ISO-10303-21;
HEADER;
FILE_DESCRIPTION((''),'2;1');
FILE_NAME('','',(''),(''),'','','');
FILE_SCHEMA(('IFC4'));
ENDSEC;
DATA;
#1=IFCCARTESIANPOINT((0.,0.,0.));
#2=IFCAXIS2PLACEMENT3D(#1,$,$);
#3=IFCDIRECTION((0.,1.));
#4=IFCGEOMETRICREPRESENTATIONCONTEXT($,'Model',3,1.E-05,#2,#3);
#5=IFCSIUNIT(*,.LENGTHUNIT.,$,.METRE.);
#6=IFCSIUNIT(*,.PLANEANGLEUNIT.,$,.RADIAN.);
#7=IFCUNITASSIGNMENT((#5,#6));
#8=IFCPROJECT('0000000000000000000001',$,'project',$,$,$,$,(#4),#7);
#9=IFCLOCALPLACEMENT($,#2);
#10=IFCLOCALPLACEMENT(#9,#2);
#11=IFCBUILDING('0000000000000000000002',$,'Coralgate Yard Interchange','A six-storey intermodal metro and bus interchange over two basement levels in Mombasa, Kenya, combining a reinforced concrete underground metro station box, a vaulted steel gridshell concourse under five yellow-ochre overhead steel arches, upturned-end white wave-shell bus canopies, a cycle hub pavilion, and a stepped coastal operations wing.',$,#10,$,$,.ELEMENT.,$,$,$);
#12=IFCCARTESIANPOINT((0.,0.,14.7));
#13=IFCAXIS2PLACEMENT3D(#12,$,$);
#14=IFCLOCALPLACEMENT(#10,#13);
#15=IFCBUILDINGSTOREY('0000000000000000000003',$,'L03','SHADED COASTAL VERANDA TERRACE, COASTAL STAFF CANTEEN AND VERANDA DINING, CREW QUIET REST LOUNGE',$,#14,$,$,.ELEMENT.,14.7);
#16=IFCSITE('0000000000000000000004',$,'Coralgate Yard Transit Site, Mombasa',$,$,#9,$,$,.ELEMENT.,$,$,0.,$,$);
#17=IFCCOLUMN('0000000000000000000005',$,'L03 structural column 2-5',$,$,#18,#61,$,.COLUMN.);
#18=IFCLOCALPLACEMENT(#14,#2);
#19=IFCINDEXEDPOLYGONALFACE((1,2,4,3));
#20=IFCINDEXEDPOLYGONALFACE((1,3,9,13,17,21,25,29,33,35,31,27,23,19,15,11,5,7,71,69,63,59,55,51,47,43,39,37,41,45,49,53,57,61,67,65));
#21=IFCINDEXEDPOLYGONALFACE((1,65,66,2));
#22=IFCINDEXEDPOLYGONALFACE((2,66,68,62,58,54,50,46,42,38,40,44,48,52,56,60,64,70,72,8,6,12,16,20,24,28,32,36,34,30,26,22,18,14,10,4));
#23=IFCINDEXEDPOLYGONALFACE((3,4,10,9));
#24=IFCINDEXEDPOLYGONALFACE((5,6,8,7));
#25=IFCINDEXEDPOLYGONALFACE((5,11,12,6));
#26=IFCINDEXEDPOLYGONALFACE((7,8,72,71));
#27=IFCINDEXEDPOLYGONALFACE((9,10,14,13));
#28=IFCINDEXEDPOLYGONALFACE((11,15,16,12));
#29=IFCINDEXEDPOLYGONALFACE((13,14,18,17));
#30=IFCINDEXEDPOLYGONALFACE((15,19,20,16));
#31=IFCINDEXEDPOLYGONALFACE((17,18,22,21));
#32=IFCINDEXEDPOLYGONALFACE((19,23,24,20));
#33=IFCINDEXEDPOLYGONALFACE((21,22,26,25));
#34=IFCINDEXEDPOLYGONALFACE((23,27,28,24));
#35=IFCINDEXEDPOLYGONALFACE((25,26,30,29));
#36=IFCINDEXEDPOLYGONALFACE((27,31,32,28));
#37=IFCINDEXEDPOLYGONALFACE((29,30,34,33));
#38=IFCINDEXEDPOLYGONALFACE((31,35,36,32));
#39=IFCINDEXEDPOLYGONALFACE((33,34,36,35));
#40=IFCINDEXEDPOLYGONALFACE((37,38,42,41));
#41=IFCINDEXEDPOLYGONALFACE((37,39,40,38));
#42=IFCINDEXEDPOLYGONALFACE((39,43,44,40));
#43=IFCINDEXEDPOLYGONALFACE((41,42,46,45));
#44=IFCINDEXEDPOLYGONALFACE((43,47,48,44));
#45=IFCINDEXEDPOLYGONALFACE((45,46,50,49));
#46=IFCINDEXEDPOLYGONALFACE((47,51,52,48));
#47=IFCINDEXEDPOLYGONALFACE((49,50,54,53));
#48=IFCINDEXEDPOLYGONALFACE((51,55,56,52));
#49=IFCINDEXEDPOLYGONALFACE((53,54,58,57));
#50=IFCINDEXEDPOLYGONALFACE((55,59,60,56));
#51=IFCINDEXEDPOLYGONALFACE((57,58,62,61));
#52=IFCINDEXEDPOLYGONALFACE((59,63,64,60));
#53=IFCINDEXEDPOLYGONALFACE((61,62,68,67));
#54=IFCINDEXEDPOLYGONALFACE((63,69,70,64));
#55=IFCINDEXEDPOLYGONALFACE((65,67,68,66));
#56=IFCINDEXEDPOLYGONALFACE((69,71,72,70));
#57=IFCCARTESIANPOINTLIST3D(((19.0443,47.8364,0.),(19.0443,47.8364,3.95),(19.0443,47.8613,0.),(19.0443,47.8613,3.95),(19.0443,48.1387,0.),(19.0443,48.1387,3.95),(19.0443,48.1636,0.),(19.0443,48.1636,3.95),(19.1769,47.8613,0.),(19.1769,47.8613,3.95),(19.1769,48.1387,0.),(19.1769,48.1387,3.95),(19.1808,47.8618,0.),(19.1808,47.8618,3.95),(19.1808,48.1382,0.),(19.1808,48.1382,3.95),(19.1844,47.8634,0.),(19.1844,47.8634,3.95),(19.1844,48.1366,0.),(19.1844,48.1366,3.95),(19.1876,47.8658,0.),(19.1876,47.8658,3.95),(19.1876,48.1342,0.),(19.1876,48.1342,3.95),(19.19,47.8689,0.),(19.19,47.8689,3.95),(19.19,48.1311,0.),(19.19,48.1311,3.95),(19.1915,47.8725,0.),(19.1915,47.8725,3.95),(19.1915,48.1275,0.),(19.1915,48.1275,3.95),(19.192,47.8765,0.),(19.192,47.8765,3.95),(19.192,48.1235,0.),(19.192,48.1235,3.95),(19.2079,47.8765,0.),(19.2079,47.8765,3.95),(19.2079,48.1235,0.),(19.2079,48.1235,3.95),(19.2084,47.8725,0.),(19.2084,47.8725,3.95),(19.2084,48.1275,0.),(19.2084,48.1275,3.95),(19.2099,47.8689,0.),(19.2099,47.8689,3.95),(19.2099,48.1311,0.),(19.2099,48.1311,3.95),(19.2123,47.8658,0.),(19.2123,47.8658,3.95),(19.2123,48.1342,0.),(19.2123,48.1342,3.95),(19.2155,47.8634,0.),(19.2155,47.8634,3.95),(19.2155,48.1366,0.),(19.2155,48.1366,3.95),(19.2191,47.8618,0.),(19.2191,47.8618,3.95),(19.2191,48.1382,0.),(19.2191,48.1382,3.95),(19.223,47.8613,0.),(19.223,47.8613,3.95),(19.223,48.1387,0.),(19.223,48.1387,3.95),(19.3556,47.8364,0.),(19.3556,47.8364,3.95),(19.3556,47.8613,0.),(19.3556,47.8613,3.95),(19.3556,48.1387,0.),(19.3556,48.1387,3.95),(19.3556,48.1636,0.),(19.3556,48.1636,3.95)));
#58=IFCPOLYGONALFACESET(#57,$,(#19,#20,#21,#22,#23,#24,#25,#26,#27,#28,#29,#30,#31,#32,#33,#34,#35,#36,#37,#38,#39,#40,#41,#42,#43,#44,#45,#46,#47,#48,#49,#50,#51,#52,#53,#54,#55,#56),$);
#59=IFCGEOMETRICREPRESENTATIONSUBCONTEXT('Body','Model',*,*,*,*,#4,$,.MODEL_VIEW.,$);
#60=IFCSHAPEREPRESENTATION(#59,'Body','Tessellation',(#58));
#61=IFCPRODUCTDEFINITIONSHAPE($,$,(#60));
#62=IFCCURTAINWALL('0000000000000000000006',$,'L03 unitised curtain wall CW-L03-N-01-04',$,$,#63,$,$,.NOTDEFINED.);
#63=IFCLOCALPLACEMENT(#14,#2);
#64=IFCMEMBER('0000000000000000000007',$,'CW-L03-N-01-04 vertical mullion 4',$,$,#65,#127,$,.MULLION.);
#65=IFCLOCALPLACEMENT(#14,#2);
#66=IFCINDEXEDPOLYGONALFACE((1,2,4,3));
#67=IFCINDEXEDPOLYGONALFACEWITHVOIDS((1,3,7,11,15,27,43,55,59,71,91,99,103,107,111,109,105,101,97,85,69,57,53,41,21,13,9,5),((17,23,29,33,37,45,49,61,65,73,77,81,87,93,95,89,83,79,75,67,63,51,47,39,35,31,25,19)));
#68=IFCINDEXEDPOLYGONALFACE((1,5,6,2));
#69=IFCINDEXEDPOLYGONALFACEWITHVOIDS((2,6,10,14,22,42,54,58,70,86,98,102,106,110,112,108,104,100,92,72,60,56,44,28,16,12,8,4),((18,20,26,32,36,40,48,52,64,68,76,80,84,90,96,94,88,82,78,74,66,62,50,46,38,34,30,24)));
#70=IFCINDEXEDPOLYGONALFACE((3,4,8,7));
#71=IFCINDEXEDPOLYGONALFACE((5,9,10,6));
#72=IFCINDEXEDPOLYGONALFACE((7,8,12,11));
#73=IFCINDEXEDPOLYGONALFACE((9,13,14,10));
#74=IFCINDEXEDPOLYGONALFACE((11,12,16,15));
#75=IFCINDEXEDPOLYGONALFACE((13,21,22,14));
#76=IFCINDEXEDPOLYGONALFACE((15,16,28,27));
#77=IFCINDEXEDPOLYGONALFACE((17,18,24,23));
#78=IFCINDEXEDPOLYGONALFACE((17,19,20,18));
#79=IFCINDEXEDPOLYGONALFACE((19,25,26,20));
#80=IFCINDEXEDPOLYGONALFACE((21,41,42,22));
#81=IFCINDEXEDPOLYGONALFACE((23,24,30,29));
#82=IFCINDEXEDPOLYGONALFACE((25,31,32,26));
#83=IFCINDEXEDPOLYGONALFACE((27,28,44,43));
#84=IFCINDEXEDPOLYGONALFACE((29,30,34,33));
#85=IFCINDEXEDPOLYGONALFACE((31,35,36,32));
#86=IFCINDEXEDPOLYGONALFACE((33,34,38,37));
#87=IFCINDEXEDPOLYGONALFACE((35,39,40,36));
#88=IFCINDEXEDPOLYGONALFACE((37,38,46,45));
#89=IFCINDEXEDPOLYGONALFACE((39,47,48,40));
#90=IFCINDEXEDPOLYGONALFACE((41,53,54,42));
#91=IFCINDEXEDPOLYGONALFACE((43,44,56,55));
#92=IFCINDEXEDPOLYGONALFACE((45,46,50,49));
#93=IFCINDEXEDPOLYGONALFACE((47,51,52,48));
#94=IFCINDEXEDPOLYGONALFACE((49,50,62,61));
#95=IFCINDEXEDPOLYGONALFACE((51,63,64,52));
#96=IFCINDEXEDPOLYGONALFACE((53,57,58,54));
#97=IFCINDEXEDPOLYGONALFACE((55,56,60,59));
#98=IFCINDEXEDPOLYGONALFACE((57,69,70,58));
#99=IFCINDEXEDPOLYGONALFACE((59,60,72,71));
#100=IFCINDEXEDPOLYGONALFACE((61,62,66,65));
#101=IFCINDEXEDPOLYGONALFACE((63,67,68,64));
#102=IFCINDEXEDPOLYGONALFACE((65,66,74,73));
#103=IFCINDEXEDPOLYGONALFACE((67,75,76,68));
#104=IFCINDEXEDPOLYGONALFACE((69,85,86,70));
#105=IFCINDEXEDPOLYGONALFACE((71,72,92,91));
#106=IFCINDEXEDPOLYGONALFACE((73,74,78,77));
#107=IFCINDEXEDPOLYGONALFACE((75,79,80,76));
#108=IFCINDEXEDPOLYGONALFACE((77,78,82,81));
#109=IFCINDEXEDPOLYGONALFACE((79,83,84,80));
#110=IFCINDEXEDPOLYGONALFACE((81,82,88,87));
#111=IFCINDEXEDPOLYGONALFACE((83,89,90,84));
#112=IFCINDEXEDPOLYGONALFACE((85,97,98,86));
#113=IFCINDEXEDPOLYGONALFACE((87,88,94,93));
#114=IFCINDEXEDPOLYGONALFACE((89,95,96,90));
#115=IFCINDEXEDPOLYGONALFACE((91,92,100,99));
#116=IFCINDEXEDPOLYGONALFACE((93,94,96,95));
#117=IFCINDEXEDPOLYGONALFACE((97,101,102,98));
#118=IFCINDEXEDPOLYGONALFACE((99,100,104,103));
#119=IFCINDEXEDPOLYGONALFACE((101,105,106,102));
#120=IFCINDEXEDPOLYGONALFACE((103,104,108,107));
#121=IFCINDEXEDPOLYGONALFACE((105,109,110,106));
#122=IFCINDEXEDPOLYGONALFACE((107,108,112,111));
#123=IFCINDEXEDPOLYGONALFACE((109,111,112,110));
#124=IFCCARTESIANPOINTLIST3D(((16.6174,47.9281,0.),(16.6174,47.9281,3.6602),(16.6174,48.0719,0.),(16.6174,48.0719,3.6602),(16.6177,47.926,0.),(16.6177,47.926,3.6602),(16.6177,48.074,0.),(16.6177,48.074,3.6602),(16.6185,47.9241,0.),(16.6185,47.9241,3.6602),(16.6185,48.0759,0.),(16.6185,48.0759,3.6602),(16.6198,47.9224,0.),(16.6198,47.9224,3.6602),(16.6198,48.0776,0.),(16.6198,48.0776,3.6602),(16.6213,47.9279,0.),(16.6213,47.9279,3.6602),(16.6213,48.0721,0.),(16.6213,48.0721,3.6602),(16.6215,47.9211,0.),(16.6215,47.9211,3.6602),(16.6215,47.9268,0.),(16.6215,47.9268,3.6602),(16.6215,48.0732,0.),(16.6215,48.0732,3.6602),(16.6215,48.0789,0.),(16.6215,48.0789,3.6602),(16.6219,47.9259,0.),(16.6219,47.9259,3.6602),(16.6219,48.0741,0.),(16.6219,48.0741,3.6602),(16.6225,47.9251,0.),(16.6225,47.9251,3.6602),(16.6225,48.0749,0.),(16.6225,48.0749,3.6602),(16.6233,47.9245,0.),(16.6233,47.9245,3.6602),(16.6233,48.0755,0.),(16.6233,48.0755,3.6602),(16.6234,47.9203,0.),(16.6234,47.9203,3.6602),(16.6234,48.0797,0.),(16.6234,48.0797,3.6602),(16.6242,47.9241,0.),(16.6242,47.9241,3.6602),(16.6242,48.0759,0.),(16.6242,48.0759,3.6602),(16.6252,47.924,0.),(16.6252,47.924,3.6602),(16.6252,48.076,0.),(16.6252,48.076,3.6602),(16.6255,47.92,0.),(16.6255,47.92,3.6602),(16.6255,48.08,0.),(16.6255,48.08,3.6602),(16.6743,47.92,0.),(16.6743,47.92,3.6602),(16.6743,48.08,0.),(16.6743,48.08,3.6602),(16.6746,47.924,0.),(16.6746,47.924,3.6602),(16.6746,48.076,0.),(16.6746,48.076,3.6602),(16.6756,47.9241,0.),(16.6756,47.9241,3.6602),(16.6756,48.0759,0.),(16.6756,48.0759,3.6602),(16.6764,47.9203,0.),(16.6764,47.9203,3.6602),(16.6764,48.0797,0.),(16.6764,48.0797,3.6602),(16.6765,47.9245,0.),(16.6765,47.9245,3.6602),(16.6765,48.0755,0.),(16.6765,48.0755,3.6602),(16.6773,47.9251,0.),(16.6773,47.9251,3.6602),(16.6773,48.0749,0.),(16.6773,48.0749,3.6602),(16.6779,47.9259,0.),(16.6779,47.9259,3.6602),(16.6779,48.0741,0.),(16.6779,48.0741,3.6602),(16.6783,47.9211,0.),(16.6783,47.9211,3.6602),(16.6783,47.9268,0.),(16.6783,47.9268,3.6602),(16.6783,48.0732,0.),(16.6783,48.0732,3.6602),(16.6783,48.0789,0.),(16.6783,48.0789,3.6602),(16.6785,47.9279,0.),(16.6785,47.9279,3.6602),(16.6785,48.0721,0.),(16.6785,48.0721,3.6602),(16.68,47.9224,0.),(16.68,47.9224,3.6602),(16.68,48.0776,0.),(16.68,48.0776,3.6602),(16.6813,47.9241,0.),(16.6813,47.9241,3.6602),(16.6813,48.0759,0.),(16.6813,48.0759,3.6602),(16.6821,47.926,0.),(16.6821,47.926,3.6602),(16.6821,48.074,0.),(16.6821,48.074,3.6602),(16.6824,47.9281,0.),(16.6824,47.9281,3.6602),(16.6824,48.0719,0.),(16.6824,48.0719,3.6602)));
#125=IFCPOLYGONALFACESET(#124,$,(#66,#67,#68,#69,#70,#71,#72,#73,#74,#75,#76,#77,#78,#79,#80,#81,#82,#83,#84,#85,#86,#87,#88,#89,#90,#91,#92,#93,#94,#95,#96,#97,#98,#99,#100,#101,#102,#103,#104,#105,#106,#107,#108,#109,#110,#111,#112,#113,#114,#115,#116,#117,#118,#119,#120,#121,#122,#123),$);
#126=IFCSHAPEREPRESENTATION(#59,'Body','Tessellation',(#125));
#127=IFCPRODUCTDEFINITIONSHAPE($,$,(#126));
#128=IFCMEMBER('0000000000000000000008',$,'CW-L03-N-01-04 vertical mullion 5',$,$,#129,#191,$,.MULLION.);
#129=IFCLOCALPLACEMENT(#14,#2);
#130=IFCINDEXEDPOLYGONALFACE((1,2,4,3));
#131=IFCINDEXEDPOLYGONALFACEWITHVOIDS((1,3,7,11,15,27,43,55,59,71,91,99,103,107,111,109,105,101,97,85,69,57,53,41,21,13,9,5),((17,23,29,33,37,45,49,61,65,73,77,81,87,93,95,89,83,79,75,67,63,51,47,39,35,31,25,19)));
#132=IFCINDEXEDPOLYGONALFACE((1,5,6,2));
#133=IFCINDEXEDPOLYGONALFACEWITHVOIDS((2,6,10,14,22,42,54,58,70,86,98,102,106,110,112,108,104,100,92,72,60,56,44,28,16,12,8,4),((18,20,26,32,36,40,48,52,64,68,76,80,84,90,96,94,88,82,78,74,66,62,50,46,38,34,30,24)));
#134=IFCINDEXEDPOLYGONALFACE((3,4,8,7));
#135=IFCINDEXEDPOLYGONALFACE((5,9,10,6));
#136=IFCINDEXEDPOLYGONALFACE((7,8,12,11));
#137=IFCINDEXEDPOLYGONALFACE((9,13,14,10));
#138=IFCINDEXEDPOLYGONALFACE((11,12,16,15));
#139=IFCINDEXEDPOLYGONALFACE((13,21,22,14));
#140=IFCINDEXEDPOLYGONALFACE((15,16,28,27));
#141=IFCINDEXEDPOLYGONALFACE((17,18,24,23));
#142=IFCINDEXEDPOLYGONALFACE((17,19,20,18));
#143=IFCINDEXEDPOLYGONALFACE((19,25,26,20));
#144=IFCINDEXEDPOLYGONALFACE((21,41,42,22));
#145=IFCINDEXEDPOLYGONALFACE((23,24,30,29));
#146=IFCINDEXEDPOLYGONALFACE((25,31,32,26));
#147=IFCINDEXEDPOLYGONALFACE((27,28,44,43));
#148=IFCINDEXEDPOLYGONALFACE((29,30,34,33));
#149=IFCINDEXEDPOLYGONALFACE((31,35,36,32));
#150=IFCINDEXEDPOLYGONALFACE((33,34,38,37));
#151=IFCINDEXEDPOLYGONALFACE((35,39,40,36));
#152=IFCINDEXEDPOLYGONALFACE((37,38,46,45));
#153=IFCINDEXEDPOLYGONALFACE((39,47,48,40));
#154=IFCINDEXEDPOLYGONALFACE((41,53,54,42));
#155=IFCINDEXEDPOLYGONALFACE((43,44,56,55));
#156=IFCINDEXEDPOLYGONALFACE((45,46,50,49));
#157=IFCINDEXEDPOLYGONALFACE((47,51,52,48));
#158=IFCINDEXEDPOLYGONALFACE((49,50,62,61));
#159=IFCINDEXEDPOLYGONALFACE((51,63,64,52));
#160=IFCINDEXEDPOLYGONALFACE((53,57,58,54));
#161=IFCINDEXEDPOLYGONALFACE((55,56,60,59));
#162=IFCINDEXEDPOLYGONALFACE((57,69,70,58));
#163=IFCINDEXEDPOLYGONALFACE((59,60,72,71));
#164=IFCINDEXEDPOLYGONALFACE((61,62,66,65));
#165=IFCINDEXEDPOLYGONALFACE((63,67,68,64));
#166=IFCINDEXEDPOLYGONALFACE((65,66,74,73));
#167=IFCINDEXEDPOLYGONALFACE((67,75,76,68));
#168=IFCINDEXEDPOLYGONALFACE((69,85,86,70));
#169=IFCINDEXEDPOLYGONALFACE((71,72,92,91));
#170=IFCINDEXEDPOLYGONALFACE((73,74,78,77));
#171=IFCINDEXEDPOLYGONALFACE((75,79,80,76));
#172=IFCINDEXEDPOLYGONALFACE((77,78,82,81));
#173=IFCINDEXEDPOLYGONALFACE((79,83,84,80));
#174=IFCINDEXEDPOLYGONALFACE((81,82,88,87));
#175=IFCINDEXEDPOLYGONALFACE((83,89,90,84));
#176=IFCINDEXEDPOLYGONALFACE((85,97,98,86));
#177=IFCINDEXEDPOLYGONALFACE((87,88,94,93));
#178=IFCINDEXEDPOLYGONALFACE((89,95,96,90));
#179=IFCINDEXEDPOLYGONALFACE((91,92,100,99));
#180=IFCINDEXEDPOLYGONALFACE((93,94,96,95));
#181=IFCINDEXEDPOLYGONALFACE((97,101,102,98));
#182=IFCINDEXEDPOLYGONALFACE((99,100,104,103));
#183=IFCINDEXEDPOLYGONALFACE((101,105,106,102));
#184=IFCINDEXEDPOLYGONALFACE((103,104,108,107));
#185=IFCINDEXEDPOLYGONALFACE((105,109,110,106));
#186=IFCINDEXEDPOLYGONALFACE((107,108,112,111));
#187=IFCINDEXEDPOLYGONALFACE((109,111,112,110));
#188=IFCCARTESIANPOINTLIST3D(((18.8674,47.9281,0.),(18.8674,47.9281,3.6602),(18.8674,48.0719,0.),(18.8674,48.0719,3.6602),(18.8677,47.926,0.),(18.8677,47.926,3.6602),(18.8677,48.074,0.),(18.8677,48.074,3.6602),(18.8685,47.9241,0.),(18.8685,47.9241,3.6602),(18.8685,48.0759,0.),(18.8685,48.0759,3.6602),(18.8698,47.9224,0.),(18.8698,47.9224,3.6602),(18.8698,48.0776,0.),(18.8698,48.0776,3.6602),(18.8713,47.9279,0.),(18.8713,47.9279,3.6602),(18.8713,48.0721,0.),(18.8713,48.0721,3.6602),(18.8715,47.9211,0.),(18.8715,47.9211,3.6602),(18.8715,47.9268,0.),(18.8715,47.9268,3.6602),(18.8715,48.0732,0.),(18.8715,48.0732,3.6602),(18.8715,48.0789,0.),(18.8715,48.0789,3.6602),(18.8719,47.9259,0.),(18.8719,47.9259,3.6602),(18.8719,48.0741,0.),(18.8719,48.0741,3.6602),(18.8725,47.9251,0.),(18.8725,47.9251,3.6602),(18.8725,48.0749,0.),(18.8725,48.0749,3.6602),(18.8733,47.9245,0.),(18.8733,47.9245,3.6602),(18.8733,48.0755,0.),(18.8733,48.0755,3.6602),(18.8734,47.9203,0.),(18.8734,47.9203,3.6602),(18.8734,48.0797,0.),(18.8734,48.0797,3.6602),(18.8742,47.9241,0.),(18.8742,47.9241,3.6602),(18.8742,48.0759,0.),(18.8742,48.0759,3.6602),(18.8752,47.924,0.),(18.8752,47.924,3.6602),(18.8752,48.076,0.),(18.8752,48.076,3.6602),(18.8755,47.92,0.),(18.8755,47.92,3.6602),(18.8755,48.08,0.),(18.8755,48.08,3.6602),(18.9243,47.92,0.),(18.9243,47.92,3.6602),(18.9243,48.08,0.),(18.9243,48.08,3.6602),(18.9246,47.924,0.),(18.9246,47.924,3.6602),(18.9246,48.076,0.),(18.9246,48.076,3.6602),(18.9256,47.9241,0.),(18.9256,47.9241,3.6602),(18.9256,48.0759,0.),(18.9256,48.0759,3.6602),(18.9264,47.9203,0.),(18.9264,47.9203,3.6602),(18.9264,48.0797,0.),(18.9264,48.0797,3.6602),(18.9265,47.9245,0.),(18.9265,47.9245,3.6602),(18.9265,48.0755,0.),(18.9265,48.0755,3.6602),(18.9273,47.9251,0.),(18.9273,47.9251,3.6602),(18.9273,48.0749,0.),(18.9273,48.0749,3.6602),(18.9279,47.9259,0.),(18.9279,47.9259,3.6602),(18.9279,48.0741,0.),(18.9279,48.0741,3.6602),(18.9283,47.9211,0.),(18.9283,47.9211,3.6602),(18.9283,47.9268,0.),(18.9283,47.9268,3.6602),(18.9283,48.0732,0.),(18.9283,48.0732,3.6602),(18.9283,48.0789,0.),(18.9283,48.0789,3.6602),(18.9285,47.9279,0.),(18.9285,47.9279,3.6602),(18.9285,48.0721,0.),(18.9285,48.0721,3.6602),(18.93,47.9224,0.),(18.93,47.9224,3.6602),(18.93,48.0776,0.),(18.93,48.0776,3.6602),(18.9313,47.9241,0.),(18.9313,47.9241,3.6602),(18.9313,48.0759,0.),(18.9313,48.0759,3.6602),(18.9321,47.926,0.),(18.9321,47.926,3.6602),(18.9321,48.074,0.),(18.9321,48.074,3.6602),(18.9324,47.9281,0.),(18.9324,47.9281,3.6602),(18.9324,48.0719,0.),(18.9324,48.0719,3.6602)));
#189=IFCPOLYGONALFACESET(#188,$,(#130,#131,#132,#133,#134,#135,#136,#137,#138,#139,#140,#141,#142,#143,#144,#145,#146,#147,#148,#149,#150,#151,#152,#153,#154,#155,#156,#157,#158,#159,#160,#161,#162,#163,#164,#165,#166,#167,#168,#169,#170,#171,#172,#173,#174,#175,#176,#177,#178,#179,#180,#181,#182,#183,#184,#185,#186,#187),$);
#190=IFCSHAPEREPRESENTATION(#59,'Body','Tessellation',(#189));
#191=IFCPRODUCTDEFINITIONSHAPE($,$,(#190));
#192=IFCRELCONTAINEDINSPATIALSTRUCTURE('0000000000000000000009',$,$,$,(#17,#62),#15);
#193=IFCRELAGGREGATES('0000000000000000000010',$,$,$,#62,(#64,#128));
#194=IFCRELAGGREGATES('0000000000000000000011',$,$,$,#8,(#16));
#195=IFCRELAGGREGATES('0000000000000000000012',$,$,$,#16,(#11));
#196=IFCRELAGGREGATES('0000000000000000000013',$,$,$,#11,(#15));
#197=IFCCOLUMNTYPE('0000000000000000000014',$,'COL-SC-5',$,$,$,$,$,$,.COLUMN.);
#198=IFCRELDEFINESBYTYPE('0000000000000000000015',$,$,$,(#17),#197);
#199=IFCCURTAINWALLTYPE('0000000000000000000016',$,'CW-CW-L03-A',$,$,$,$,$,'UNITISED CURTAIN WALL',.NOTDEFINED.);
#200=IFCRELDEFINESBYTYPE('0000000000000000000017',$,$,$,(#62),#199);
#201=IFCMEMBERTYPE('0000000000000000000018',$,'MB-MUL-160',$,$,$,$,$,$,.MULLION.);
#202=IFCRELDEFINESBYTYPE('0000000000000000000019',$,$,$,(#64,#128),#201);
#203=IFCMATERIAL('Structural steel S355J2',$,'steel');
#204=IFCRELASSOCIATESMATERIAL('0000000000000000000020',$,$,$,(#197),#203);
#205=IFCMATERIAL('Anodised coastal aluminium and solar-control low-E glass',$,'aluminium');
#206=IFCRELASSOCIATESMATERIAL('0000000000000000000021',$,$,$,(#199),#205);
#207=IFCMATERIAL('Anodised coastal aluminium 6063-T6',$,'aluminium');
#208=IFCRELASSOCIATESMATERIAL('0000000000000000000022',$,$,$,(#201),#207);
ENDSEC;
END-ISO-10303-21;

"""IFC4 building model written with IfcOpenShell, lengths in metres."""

from ifc_helpers import new_model, si_unit, direction, frame, origin, origin_2d, place, context, subcontext, project, spatial, hollow_rectangle, i_section, extrude, material, material_profile, profile_set, type_object, element, aggregate, save


model = new_model("IFC4")

# Units and contexts
model_context = context("Model", 3, precision=1e-05, world=origin(), true_north=direction((0.0, 1.0)))
body_context = subcontext(model_context, "Body", "Model", "MODEL_VIEW")
ifc_project = project(units=[si_unit("LENGTHUNIT", "METRE"), si_unit("PLANEANGLEUNIT", "RADIAN")], contexts=[model_context])

# Site, building, storey
site_placement = place(None, origin())
site = spatial("IfcSite", under=ifc_project, at=site_placement, Name="Coralgate Yard Transit Site, Mombasa", CompositionType="ELEMENT", RefElevation=0.0)
building_placement = place(site_placement, origin())
building = spatial("IfcBuilding", under=site, at=building_placement, Name="Coralgate Yard Interchange", Description="A six-storey intermodal metro and bus interchange over two basement levels in Mombasa, Kenya, combining a reinforced concrete underground metro station box, a vaulted steel gridshell concourse under five yellow-ochre overhead steel arches, upturned-end white wave-shell bus canopies, a cycle hub pavilion, and a stepped coastal operations wing.", CompositionType="ELEMENT")
storey_placement = place(building_placement, frame((0.0, 0.0, 14.7)))
storey = spatial("IfcBuildingStorey", under=building, at=storey_placement, Name="L03", Description="SHADED COASTAL VERANDA TERRACE, COASTAL STAFF CANTEEN AND VERANDA DINING, CREW QUIET REST LOUNGE", CompositionType="ELEMENT", Elevation=14.7)

# Column
ifc_material_1 = material(Name="Structural steel S355J2", Category="steel")
ifc_material_profile_1 = material_profile(ifc_material_1, i_section(OverallWidth=0.3113, OverallDepth=0.3271, WebThickness=0.0159, FlangeThickness=0.0249, FilletRadius=0.0151, at=origin_2d()), Name="UC 305x305x158")
ifc_profile_set_1 = profile_set([ifc_material_profile_1], Name="Structural steel S355J2")
column_type = type_object("IfcColumnType", Name="COL-SC-5", PredefinedType="COLUMN", material=ifc_profile_set_1)
column_placement = place(storey_placement, frame((19.2, 48.0, 0.0), z_axis=(0.0, 0.0, 1.0), x_axis=(1.0, 0.0, 0.0)))
element("IfcColumn", 1, at=column_placement, inside=storey, type_object=column_type, Name="L03 structural column 2-5", PredefinedType="COLUMN", context=body_context, shape_type="SweptSolid", body=[
    extrude(i_section(OverallWidth=0.3113, OverallDepth=0.3271, WebThickness=0.0159, FlangeThickness=0.0249, FilletRadius=0.0151, at=origin_2d()), origin(), (0.0, 0.0, 1.0), 3.95),
])

# Curtain wall, members
ifc_material_2 = material(Name="Anodised coastal aluminium and solar-control low-E glass", Category="aluminium")
curtain_wall_type = type_object("IfcCurtainWallType", Name="CW-CW-L03-A", ElementType="UNITISED CURTAIN WALL", PredefinedType="NOTDEFINED", material=ifc_material_2)
curtain_wall_1_placement = place(storey_placement, origin())
curtain_wall_1 = element("IfcCurtainWall", 2, at=curtain_wall_1_placement, inside=storey, type_object=curtain_wall_type, Name="L03 unitised curtain wall CW-L03-N-01-04", PredefinedType="NOTDEFINED")
ifc_material_3 = material(Name="Anodised coastal aluminium 6063-T6", Category="aluminium")
ifc_material_profile_2 = material_profile(ifc_material_3, hollow_rectangle(XDim=0.0649, YDim=0.1599, WallThickness=0.0039, InnerFilletRadius=0.0039, OuterFilletRadius=0.0081, at=origin_2d()), Name="ALU 65x160x4")
ifc_profile_set_2 = profile_set([ifc_material_profile_2], Name="Anodised coastal aluminium 6063-T6")
member_type_1 = type_object("IfcMemberType", Name="MB-MUL-160", PredefinedType="MULLION", material=ifc_profile_set_2)
member_1_placement = place(storey_placement, frame((16.6499, 48.0, 0.0), z_axis=(0.0, 0.0, 1.0), x_axis=(1.0, 0.0, 0.0)))
member_1 = element("IfcMember", 3, at=member_1_placement, type_object=member_type_1, Name="CW-L03-N-01-04 vertical mullion 4", PredefinedType="MULLION", context=body_context, shape_type="SweptSolid", body=[
    extrude(hollow_rectangle(XDim=0.0649, YDim=0.1599, WallThickness=0.0039, InnerFilletRadius=0.0039, OuterFilletRadius=0.0081, at=origin_2d()), origin(), (0.0, 0.0, 1.0), 3.6602),
])
member_2_placement = place(storey_placement, frame((18.8999, 48.0, 0.0), z_axis=(0.0, 0.0, 1.0), x_axis=(1.0, 0.0, 0.0)))
member_2 = element("IfcMember", 4, at=member_2_placement, type_object=member_type_1, Name="CW-L03-N-01-04 vertical mullion 5", PredefinedType="MULLION", context=body_context, shape_type="SweptSolid", body=[
    extrude(hollow_rectangle(XDim=0.0649, YDim=0.1599, WallThickness=0.0039, InnerFilletRadius=0.0039, OuterFilletRadius=0.0081, at=origin_2d()), origin(), (0.0, 0.0, 1.0), 3.6602),
])

aggregate(curtain_wall_1, [member_1, member_2])

save(model, "model.ifc")
